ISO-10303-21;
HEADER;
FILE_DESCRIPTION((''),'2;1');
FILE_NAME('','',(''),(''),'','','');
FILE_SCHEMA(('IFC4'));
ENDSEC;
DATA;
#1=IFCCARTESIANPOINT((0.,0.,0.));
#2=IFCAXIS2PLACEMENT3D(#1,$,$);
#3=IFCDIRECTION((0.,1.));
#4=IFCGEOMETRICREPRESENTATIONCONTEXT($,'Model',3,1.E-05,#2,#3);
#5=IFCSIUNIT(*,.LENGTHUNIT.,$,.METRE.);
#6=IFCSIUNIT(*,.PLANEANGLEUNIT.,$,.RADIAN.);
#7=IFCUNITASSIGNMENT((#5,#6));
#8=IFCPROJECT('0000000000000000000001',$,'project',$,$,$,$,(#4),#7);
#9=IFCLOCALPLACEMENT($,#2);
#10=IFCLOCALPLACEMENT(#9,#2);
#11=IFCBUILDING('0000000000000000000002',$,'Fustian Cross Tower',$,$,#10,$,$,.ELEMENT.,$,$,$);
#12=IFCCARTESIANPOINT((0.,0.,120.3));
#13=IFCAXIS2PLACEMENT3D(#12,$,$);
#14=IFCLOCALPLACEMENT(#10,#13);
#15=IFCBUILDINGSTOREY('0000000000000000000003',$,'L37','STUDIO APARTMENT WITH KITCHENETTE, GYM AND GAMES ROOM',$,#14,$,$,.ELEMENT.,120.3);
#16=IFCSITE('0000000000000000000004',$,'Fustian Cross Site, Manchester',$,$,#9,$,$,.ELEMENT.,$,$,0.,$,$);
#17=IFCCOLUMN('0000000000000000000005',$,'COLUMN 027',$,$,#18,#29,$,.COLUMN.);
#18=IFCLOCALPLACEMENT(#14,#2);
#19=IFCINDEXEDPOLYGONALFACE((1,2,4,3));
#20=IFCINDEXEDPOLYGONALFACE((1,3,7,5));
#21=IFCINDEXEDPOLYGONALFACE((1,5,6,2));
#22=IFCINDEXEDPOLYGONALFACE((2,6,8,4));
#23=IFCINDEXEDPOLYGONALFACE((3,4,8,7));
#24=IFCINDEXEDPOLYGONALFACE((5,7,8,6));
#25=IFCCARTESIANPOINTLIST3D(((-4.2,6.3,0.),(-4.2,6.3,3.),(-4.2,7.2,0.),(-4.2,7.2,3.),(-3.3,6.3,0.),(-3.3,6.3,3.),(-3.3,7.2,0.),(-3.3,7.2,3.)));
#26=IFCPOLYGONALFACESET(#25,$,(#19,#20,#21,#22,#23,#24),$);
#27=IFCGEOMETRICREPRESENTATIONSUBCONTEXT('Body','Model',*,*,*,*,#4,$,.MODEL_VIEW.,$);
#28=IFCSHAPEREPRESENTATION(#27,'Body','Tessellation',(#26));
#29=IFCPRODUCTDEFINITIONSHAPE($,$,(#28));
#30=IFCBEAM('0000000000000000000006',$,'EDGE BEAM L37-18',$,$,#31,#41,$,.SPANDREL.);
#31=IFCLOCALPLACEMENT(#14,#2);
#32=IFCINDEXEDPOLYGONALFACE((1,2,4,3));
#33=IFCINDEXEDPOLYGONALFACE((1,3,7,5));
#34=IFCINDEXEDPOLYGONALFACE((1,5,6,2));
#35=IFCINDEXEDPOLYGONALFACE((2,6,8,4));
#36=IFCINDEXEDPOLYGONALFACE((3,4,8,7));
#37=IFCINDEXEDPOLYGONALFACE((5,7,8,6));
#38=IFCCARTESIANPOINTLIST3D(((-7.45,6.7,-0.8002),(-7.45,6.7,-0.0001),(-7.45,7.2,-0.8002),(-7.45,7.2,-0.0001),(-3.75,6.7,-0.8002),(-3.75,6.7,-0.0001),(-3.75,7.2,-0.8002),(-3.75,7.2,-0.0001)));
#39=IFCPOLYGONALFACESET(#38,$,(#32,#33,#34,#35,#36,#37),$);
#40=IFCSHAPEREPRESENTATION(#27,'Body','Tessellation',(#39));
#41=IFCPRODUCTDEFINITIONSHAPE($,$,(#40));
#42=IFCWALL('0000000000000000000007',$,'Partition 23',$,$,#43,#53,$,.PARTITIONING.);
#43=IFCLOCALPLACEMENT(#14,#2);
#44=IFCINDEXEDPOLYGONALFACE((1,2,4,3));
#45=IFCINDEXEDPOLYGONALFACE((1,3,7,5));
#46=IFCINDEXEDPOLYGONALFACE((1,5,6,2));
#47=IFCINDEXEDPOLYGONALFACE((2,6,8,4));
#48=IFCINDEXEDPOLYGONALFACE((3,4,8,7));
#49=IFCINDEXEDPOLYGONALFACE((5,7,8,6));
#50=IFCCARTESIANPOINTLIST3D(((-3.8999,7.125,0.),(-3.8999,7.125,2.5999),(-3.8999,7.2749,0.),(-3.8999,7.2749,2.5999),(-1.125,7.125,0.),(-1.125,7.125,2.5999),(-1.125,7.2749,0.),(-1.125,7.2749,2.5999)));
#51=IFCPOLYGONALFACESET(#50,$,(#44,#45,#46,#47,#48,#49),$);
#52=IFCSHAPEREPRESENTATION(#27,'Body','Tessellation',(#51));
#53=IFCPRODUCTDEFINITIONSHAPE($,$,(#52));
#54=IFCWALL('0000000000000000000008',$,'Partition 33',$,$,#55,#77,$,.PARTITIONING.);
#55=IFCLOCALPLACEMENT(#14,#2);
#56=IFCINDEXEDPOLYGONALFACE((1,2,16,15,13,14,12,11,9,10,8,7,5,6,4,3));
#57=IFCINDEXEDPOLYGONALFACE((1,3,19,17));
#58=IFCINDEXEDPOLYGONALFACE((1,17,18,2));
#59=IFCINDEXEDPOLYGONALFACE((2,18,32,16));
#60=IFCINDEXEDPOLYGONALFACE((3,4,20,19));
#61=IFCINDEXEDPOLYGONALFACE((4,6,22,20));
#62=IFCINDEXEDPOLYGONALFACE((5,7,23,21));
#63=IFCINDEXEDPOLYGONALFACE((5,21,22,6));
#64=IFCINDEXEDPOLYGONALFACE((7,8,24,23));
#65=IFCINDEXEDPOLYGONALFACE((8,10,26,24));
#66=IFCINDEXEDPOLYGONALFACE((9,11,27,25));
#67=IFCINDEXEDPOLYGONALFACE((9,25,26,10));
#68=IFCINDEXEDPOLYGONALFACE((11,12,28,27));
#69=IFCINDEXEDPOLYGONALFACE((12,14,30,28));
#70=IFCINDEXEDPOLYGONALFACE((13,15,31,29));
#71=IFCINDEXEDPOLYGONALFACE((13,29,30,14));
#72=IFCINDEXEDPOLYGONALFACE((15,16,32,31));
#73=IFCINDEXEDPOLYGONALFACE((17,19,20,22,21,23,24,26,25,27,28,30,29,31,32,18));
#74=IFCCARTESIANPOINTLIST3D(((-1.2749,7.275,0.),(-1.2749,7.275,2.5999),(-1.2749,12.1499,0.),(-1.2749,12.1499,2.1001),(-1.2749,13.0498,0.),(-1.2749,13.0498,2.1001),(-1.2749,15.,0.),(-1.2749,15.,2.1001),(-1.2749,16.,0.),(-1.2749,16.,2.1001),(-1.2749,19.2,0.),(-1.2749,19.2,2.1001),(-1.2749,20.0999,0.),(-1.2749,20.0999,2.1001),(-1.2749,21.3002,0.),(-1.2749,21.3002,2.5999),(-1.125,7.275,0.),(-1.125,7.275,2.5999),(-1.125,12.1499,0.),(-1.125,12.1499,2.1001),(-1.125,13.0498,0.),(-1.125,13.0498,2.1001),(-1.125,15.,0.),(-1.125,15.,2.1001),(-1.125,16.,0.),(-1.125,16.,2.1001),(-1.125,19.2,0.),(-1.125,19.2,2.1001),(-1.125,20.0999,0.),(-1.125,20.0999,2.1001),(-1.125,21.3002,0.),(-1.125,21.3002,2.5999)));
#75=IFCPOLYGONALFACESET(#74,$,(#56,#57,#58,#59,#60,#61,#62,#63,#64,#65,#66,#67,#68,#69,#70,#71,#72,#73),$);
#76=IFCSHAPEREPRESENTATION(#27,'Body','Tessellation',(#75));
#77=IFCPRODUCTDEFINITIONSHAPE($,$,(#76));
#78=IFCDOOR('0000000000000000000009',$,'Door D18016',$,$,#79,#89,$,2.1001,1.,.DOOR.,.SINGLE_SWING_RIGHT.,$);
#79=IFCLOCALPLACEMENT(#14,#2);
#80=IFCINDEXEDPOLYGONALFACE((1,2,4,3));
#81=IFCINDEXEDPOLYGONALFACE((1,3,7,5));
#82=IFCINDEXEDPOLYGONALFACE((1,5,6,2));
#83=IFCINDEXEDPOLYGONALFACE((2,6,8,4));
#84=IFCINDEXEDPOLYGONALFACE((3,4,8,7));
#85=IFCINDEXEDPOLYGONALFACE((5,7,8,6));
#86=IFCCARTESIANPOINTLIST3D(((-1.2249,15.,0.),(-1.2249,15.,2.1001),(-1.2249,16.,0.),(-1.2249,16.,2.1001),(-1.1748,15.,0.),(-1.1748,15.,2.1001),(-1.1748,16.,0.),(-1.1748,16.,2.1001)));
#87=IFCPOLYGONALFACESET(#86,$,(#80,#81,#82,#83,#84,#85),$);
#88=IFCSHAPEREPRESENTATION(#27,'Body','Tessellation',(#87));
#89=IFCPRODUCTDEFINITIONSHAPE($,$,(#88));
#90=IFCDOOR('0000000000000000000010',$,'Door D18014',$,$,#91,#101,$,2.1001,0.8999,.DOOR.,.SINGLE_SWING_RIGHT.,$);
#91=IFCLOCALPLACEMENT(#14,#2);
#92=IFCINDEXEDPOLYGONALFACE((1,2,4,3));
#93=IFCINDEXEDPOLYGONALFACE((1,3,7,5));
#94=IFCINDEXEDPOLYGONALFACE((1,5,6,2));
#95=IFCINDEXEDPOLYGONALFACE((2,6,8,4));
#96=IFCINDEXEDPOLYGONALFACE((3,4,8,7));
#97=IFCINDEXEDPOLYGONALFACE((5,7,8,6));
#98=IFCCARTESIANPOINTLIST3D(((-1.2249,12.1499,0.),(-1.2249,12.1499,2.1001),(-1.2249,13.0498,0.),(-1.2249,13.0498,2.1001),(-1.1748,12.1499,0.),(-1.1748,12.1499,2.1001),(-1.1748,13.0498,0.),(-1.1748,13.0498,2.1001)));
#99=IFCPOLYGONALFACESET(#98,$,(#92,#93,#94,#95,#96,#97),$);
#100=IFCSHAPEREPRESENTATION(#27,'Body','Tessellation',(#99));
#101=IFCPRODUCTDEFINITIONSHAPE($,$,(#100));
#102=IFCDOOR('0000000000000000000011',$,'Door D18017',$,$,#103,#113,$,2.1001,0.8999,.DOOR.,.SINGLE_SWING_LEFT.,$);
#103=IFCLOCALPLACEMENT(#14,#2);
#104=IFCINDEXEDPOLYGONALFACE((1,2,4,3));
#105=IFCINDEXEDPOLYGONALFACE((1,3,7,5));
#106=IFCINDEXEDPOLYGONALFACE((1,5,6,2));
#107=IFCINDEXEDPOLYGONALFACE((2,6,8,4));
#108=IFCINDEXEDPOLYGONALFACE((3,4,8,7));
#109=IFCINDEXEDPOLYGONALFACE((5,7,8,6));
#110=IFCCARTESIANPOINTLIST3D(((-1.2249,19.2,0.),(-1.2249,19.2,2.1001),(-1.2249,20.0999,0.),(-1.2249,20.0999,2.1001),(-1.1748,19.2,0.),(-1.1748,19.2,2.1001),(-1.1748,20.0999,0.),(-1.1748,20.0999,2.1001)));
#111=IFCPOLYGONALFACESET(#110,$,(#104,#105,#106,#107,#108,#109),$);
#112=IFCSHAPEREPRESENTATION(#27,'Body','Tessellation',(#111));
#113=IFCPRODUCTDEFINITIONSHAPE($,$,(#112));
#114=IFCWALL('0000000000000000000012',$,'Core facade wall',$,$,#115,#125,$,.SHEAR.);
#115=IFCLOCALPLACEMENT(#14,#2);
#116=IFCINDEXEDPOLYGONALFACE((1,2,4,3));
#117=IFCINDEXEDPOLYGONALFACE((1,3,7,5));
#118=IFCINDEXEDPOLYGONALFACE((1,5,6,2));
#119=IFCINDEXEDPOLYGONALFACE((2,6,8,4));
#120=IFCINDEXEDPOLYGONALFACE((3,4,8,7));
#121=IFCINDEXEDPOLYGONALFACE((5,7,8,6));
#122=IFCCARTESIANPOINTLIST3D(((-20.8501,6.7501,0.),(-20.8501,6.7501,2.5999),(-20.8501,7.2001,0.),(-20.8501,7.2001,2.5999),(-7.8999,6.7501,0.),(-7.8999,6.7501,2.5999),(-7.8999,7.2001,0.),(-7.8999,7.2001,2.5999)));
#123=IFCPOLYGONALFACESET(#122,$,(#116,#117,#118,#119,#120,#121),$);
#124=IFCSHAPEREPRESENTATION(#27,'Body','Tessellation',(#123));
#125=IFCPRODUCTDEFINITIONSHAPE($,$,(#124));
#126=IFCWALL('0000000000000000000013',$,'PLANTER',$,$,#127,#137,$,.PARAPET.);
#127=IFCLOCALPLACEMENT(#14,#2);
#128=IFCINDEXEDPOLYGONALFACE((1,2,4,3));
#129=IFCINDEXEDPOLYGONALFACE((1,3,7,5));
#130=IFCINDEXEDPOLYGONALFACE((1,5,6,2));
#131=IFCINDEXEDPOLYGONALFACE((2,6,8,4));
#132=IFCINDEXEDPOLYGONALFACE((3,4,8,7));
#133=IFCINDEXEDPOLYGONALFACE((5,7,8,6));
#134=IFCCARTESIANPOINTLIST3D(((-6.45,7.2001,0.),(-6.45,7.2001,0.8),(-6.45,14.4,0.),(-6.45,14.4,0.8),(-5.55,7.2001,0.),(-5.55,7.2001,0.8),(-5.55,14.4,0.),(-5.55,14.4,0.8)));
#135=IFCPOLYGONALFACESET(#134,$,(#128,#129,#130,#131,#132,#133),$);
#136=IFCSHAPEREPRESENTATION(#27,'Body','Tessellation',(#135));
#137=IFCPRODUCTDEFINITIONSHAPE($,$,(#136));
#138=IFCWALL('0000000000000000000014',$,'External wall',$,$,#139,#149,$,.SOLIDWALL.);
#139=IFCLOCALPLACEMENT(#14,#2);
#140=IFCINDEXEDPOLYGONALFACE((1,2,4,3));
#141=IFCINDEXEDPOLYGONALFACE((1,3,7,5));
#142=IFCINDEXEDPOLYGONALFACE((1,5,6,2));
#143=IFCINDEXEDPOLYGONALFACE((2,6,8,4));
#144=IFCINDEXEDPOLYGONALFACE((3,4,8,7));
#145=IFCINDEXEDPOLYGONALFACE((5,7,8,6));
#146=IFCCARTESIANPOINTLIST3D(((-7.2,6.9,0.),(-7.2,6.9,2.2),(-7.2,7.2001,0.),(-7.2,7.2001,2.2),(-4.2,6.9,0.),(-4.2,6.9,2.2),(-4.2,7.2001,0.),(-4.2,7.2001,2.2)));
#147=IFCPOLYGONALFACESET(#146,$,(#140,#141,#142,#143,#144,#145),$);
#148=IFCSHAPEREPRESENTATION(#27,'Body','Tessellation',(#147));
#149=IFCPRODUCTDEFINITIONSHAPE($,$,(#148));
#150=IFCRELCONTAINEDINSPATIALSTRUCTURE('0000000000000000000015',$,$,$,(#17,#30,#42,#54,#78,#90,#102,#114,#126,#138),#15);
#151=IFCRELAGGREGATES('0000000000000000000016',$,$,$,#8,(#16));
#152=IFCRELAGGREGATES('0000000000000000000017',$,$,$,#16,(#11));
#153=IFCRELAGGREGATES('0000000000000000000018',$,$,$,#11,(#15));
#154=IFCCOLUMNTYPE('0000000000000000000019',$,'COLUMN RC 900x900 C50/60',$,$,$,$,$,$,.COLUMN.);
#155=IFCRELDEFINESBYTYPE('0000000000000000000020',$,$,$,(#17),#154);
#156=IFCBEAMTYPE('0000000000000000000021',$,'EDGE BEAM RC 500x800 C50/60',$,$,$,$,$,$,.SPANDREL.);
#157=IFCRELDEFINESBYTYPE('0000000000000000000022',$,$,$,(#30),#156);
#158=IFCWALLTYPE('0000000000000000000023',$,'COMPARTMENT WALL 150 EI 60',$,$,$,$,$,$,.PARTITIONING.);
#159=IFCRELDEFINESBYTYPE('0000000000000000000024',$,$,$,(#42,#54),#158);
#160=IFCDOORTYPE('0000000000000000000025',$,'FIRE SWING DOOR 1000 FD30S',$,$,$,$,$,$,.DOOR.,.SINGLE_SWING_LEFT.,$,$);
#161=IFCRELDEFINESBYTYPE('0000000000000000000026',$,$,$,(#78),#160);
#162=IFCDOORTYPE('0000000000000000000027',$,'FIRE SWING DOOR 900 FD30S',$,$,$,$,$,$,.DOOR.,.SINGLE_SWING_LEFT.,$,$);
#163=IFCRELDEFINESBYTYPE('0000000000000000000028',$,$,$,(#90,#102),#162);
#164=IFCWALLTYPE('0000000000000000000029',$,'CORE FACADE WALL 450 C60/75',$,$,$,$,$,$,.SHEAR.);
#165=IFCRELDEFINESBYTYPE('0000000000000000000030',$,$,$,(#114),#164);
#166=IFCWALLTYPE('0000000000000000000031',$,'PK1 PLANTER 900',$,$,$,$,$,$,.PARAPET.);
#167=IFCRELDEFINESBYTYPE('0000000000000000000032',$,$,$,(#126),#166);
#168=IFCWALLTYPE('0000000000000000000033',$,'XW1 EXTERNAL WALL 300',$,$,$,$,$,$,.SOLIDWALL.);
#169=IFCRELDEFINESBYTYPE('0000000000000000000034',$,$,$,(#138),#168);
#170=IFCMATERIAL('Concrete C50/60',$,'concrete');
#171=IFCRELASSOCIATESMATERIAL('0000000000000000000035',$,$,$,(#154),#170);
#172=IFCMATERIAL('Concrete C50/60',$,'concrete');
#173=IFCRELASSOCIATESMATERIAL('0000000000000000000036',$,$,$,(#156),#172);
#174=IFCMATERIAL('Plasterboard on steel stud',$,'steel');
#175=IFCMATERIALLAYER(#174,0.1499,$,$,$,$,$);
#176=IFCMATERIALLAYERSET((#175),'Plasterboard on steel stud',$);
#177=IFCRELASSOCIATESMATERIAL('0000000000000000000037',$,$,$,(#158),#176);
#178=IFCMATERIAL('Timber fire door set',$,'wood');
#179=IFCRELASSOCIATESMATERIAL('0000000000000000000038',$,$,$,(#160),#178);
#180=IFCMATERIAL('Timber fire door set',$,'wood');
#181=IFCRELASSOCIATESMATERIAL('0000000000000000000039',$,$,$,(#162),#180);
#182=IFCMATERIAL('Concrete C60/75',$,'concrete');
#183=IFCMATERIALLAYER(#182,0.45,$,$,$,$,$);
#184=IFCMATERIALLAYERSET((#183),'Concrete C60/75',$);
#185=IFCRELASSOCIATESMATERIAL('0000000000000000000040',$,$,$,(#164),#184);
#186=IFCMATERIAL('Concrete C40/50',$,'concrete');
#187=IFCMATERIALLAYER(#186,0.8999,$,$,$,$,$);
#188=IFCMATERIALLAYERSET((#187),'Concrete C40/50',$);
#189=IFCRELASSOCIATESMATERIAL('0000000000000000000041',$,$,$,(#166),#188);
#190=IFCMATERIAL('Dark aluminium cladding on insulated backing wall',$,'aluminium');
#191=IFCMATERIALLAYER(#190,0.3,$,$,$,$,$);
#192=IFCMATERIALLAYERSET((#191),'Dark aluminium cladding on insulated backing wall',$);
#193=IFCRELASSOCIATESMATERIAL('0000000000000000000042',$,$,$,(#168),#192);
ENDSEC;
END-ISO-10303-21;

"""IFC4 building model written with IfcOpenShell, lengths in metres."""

from ifc_helpers import new_model, si_unit, direction, frame, frame_2d, origin, origin_2d, place, context, subcontext, project, spatial, rectangle, extrude, material, layer, layer_set, material_profile, profile_set, type_object, element, fill, save


model = new_model("IFC4")

# Units and contexts
model_context = context("Model", 3, precision=1e-05, world=origin(), true_north=direction((0.0, 1.0)))
body_context = subcontext(model_context, "Body", "Model", "MODEL_VIEW")
ifc_project = project(units=[si_unit("LENGTHUNIT", "METRE"), si_unit("PLANEANGLEUNIT", "RADIAN")], contexts=[model_context])

# Site, building, storey
site_placement = place(None, origin())
site = spatial("IfcSite", under=ifc_project, at=site_placement, Name="Fustian Cross Site, Manchester", CompositionType="ELEMENT", RefElevation=0.0)
building_placement = place(site_placement, origin())
building = spatial("IfcBuilding", under=site, at=building_placement, Name="Fustian Cross Tower", CompositionType="ELEMENT")
storey_placement = place(building_placement, frame((0.0, 0.0, 120.3)))
storey = spatial("IfcBuildingStorey", under=building, at=storey_placement, Name="L37", Description="STUDIO APARTMENT WITH KITCHENETTE, GYM AND GAMES ROOM", CompositionType="ELEMENT", Elevation=120.3)

# Column
ifc_material_1 = material(Name="Concrete C50/60", Category="concrete")
ifc_material_profile_1 = material_profile(ifc_material_1, rectangle(XDim=0.8999, YDim=0.8999, at=origin_2d()), Name="RC 900x900")
ifc_profile_set_1 = profile_set([ifc_material_profile_1], Name="Concrete C50/60")
column_type = type_object("IfcColumnType", Name="COLUMN RC 900x900 C50/60", PredefinedType="COLUMN", material=ifc_profile_set_1)
column_placement = place(storey_placement, frame((-3.75, 6.75, 0.0), z_axis=(0.0, 0.0, 1.0), x_axis=(1.0, 0.0, 0.0)))
element("IfcColumn", 1, at=column_placement, inside=storey, type_object=column_type, Name="COLUMN 027", PredefinedType="COLUMN", context=body_context, shape_type="SweptSolid", body=[
    extrude(rectangle(XDim=0.8999, YDim=0.8999, at=origin_2d()), origin(), (0.0, 0.0, 1.0), 3.0),
])

# Beam
ifc_material_2 = material(Name="Concrete C50/60", Category="concrete")
ifc_material_profile_2 = material_profile(ifc_material_2, rectangle(XDim=0.5, YDim=0.8, at=origin_2d()), Name="RC 500x800")
ifc_profile_set_2 = profile_set([ifc_material_profile_2], Name="Concrete C50/60")
beam_type = type_object("IfcBeamType", Name="EDGE BEAM RC 500x800 C50/60", PredefinedType="SPANDREL", material=ifc_profile_set_2)
beam_placement = place(storey_placement, frame((-3.75, 6.95, -0.4001), z_axis=(-1.0, 0.0, 0.0), x_axis=(0.0, -1.0, 0.0)))
element("IfcBeam", 2, at=beam_placement, inside=storey, type_object=beam_type, Name="EDGE BEAM L37-18", PredefinedType="SPANDREL", context=body_context, shape_type="SweptSolid", body=[
    extrude(rectangle(XDim=0.5, YDim=0.8, at=origin_2d()), origin(), (0.0, 0.0, 1.0), 3.7),
])

# Wall
ifc_material_3 = material(Name="Plasterboard on steel stud", Category="steel")
ifc_layer_1 = layer(ifc_material_3, 0.1499)
ifc_layer_set_1 = layer_set([ifc_layer_1], Name="Plasterboard on steel stud")
wall_type_1 = type_object("IfcWallType", Name="COMPARTMENT WALL 150 EI 60", PredefinedType="PARTITIONING", material=ifc_layer_set_1)
wall_1_placement = place(storey_placement, frame((-3.8999, 7.2, 0.0), z_axis=(0.0, 0.0, 1.0), x_axis=(1.0, 0.0, 0.0)))
element("IfcWall", 3, at=wall_1_placement, inside=storey, type_object=wall_type_1, Name="Partition 23", PredefinedType="PARTITIONING", context=body_context, shape_type="SweptSolid", body=[
    extrude(rectangle(XDim=2.7749, YDim=0.1499, at=frame_2d((1.3875, 0.0))), origin(), (0.0, 0.0, 1.0), 2.5999),
])

# Wall, openings, doors
wall_2_placement = place(storey_placement, frame((-1.2, 7.2749, 0.0), z_axis=(0.0, 0.0, 1.0), x_axis=(0.0, 1.0, 0.0)))
wall_2 = element("IfcWall", 4, at=wall_2_placement, inside=storey, type_object=wall_type_1, Name="Partition 33", PredefinedType="PARTITIONING", context=body_context, shape_type="SweptSolid", body=[
    extrude(rectangle(XDim=14.0251, YDim=0.1499, at=frame_2d((7.0127, 0.0))), origin(), (0.0, 0.0, 1.0), 2.5999),
])
opening_1_placement = place(wall_2_placement, frame((4.875, 0.0, 0.0)))
opening_1 = element("IfcOpeningElement", 5, at=opening_1_placement, cuts=wall_2, PredefinedType="OPENING", context=body_context, shape_type="SweptSolid", body=[
    extrude(rectangle(XDim=0.8999, YDim=2.1001, at=frame_2d((0.45, 1.05))), frame((0.0, 0.085, 0.0), z_axis=(0.0, -1.0, 0.0), x_axis=(1.0, 0.0, 0.0)), (0.0, 0.0, 1.0), 0.1699),
])
opening_2_placement = place(wall_2_placement, frame((7.7251, 0.0, 0.0)))
opening_2 = element("IfcOpeningElement", 6, at=opening_2_placement, cuts=wall_2, PredefinedType="OPENING", context=body_context, shape_type="SweptSolid", body=[
    extrude(rectangle(XDim=1.0, YDim=2.1001, at=frame_2d((0.5, 1.05))), frame((0.0, 0.085, 0.0), z_axis=(0.0, -1.0, 0.0), x_axis=(1.0, 0.0, 0.0)), (0.0, 0.0, 1.0), 0.1699),
])
opening_3_placement = place(wall_2_placement, frame((11.925, 0.0, 0.0)))
opening_3 = element("IfcOpeningElement", 7, at=opening_3_placement, cuts=wall_2, PredefinedType="OPENING", context=body_context, shape_type="SweptSolid", body=[
    extrude(rectangle(XDim=0.8999, YDim=2.1001, at=frame_2d((0.45, 1.05))), frame((0.0, 0.085, 0.0), z_axis=(0.0, -1.0, 0.0), x_axis=(1.0, 0.0, 0.0)), (0.0, 0.0, 1.0), 0.1699),
])
ifc_material_4 = material(Name="Timber fire door set", Category="wood")
door_type_1 = type_object("IfcDoorType", Name="FIRE SWING DOOR 1000 FD30S", OperationType="SINGLE_SWING_LEFT", PredefinedType="DOOR", material=ifc_material_4)
door_1_placement = place(opening_2_placement, origin())
door_1 = element("IfcDoor", 8, at=door_1_placement, inside=storey, type_object=door_type_1, Name="Door D18016", OperationType="SINGLE_SWING_RIGHT", OverallHeight=2.1001, OverallWidth=1.0, PredefinedType="DOOR", context=body_context, shape_type="SweptSolid", body=[
    extrude(rectangle(XDim=1.0, YDim=2.1001, at=frame_2d((0.5, 1.05))), frame((0.0, 0.0249, 0.0), z_axis=(0.0, -1.0, 0.0), x_axis=(1.0, 0.0, 0.0)), (0.0, 0.0, 1.0), 0.05),
])
fill(opening_2, door_1)
ifc_material_5 = material(Name="Timber fire door set", Category="wood")
door_type_2 = type_object("IfcDoorType", Name="FIRE SWING DOOR 900 FD30S", OperationType="SINGLE_SWING_LEFT", PredefinedType="DOOR", material=ifc_material_5)
door_2_placement = place(opening_1_placement, origin())
door_2 = element("IfcDoor", 9, at=door_2_placement, inside=storey, type_object=door_type_2, Name="Door D18014", OperationType="SINGLE_SWING_RIGHT", OverallHeight=2.1001, OverallWidth=0.8999, PredefinedType="DOOR", context=body_context, shape_type="SweptSolid", body=[
    extrude(rectangle(XDim=0.8999, YDim=2.1001, at=frame_2d((0.45, 1.05))), frame((0.0, 0.0249, 0.0), z_axis=(0.0, -1.0, 0.0), x_axis=(1.0, 0.0, 0.0)), (0.0, 0.0, 1.0), 0.05),
])
fill(opening_1, door_2)
door_3_placement = place(opening_3_placement, origin())
door_3 = element("IfcDoor", 10, at=door_3_placement, inside=storey, type_object=door_type_2, Name="Door D18017", OperationType="SINGLE_SWING_LEFT", OverallHeight=2.1001, OverallWidth=0.8999, PredefinedType="DOOR", context=body_context, shape_type="SweptSolid", body=[
    extrude(rectangle(XDim=0.8999, YDim=2.1001, at=frame_2d((0.45, 1.05))), frame((0.0, 0.0249, 0.0), z_axis=(0.0, -1.0, 0.0), x_axis=(1.0, 0.0, 0.0)), (0.0, 0.0, 1.0), 0.05),
])
fill(opening_3, door_3)

# Walls
ifc_material_6 = material(Name="Concrete C60/75", Category="concrete")
ifc_layer_2 = layer(ifc_material_6, 0.45)
ifc_layer_set_2 = layer_set([ifc_layer_2], Name="Concrete C60/75")
wall_type_2 = type_object("IfcWallType", Name="CORE FACADE WALL 450 C60/75", PredefinedType="SHEAR", material=ifc_layer_set_2)
wall_3_placement = place(storey_placement, frame((-7.8999, 6.9751, 0.0), z_axis=(0.0, 0.0, 1.0), x_axis=(-1.0, 0.0, 0.0)))
element("IfcWall", 11, at=wall_3_placement, inside=storey, type_object=wall_type_2, Name="Core facade wall", PredefinedType="SHEAR", context=body_context, shape_type="SweptSolid", body=[
    extrude(rectangle(XDim=12.9502, YDim=0.45, at=frame_2d((6.4751, 0.0))), origin(), (0.0, 0.0, 1.0), 2.5999),
])
ifc_material_7 = material(Name="Concrete C40/50", Category="concrete")
ifc_layer_3 = layer(ifc_material_7, 0.8999)
ifc_layer_set_3 = layer_set([ifc_layer_3], Name="Concrete C40/50")
wall_type_3 = type_object("IfcWallType", Name="PK1 PLANTER 900", PredefinedType="PARAPET", material=ifc_layer_set_3)
wall_4_placement = place(storey_placement, frame((-6.0, 7.2, 0.0), z_axis=(0.0, 0.0, 1.0), x_axis=(0.0, 1.0, 0.0)))
element("IfcWall", 12, at=wall_4_placement, inside=storey, type_object=wall_type_3, Name="PLANTER", PredefinedType="PARAPET", context=body_context, shape_type="SweptSolid", body=[
    extrude(rectangle(XDim=7.2, YDim=0.8999, at=frame_2d((3.6001, 0.0))), origin(), (0.0, 0.0, 1.0), 0.8),
])
ifc_material_8 = material(Name="Dark aluminium cladding on insulated backing wall", Category="aluminium")
ifc_layer_4 = layer(ifc_material_8, 0.3)
ifc_layer_set_4 = layer_set([ifc_layer_4], Name="Dark aluminium cladding on insulated backing wall")
wall_type_4 = type_object("IfcWallType", Name="XW1 EXTERNAL WALL 300", PredefinedType="SOLIDWALL", material=ifc_layer_set_4)
wall_5_placement = place(storey_placement, frame((-4.2, 7.05, 0.0), z_axis=(0.0, 0.0, 1.0), x_axis=(-1.0, 0.0, 0.0)))
element("IfcWall", 13, at=wall_5_placement, inside=storey, type_object=wall_type_4, Name="External wall", PredefinedType="SOLIDWALL", context=body_context, shape_type="SweptSolid", body=[
    extrude(rectangle(XDim=3.0, YDim=0.3, at=frame_2d((1.5, 0.0))), origin(), (0.0, 0.0, 1.0), 2.2),
])

save(model, "model.ifc")
